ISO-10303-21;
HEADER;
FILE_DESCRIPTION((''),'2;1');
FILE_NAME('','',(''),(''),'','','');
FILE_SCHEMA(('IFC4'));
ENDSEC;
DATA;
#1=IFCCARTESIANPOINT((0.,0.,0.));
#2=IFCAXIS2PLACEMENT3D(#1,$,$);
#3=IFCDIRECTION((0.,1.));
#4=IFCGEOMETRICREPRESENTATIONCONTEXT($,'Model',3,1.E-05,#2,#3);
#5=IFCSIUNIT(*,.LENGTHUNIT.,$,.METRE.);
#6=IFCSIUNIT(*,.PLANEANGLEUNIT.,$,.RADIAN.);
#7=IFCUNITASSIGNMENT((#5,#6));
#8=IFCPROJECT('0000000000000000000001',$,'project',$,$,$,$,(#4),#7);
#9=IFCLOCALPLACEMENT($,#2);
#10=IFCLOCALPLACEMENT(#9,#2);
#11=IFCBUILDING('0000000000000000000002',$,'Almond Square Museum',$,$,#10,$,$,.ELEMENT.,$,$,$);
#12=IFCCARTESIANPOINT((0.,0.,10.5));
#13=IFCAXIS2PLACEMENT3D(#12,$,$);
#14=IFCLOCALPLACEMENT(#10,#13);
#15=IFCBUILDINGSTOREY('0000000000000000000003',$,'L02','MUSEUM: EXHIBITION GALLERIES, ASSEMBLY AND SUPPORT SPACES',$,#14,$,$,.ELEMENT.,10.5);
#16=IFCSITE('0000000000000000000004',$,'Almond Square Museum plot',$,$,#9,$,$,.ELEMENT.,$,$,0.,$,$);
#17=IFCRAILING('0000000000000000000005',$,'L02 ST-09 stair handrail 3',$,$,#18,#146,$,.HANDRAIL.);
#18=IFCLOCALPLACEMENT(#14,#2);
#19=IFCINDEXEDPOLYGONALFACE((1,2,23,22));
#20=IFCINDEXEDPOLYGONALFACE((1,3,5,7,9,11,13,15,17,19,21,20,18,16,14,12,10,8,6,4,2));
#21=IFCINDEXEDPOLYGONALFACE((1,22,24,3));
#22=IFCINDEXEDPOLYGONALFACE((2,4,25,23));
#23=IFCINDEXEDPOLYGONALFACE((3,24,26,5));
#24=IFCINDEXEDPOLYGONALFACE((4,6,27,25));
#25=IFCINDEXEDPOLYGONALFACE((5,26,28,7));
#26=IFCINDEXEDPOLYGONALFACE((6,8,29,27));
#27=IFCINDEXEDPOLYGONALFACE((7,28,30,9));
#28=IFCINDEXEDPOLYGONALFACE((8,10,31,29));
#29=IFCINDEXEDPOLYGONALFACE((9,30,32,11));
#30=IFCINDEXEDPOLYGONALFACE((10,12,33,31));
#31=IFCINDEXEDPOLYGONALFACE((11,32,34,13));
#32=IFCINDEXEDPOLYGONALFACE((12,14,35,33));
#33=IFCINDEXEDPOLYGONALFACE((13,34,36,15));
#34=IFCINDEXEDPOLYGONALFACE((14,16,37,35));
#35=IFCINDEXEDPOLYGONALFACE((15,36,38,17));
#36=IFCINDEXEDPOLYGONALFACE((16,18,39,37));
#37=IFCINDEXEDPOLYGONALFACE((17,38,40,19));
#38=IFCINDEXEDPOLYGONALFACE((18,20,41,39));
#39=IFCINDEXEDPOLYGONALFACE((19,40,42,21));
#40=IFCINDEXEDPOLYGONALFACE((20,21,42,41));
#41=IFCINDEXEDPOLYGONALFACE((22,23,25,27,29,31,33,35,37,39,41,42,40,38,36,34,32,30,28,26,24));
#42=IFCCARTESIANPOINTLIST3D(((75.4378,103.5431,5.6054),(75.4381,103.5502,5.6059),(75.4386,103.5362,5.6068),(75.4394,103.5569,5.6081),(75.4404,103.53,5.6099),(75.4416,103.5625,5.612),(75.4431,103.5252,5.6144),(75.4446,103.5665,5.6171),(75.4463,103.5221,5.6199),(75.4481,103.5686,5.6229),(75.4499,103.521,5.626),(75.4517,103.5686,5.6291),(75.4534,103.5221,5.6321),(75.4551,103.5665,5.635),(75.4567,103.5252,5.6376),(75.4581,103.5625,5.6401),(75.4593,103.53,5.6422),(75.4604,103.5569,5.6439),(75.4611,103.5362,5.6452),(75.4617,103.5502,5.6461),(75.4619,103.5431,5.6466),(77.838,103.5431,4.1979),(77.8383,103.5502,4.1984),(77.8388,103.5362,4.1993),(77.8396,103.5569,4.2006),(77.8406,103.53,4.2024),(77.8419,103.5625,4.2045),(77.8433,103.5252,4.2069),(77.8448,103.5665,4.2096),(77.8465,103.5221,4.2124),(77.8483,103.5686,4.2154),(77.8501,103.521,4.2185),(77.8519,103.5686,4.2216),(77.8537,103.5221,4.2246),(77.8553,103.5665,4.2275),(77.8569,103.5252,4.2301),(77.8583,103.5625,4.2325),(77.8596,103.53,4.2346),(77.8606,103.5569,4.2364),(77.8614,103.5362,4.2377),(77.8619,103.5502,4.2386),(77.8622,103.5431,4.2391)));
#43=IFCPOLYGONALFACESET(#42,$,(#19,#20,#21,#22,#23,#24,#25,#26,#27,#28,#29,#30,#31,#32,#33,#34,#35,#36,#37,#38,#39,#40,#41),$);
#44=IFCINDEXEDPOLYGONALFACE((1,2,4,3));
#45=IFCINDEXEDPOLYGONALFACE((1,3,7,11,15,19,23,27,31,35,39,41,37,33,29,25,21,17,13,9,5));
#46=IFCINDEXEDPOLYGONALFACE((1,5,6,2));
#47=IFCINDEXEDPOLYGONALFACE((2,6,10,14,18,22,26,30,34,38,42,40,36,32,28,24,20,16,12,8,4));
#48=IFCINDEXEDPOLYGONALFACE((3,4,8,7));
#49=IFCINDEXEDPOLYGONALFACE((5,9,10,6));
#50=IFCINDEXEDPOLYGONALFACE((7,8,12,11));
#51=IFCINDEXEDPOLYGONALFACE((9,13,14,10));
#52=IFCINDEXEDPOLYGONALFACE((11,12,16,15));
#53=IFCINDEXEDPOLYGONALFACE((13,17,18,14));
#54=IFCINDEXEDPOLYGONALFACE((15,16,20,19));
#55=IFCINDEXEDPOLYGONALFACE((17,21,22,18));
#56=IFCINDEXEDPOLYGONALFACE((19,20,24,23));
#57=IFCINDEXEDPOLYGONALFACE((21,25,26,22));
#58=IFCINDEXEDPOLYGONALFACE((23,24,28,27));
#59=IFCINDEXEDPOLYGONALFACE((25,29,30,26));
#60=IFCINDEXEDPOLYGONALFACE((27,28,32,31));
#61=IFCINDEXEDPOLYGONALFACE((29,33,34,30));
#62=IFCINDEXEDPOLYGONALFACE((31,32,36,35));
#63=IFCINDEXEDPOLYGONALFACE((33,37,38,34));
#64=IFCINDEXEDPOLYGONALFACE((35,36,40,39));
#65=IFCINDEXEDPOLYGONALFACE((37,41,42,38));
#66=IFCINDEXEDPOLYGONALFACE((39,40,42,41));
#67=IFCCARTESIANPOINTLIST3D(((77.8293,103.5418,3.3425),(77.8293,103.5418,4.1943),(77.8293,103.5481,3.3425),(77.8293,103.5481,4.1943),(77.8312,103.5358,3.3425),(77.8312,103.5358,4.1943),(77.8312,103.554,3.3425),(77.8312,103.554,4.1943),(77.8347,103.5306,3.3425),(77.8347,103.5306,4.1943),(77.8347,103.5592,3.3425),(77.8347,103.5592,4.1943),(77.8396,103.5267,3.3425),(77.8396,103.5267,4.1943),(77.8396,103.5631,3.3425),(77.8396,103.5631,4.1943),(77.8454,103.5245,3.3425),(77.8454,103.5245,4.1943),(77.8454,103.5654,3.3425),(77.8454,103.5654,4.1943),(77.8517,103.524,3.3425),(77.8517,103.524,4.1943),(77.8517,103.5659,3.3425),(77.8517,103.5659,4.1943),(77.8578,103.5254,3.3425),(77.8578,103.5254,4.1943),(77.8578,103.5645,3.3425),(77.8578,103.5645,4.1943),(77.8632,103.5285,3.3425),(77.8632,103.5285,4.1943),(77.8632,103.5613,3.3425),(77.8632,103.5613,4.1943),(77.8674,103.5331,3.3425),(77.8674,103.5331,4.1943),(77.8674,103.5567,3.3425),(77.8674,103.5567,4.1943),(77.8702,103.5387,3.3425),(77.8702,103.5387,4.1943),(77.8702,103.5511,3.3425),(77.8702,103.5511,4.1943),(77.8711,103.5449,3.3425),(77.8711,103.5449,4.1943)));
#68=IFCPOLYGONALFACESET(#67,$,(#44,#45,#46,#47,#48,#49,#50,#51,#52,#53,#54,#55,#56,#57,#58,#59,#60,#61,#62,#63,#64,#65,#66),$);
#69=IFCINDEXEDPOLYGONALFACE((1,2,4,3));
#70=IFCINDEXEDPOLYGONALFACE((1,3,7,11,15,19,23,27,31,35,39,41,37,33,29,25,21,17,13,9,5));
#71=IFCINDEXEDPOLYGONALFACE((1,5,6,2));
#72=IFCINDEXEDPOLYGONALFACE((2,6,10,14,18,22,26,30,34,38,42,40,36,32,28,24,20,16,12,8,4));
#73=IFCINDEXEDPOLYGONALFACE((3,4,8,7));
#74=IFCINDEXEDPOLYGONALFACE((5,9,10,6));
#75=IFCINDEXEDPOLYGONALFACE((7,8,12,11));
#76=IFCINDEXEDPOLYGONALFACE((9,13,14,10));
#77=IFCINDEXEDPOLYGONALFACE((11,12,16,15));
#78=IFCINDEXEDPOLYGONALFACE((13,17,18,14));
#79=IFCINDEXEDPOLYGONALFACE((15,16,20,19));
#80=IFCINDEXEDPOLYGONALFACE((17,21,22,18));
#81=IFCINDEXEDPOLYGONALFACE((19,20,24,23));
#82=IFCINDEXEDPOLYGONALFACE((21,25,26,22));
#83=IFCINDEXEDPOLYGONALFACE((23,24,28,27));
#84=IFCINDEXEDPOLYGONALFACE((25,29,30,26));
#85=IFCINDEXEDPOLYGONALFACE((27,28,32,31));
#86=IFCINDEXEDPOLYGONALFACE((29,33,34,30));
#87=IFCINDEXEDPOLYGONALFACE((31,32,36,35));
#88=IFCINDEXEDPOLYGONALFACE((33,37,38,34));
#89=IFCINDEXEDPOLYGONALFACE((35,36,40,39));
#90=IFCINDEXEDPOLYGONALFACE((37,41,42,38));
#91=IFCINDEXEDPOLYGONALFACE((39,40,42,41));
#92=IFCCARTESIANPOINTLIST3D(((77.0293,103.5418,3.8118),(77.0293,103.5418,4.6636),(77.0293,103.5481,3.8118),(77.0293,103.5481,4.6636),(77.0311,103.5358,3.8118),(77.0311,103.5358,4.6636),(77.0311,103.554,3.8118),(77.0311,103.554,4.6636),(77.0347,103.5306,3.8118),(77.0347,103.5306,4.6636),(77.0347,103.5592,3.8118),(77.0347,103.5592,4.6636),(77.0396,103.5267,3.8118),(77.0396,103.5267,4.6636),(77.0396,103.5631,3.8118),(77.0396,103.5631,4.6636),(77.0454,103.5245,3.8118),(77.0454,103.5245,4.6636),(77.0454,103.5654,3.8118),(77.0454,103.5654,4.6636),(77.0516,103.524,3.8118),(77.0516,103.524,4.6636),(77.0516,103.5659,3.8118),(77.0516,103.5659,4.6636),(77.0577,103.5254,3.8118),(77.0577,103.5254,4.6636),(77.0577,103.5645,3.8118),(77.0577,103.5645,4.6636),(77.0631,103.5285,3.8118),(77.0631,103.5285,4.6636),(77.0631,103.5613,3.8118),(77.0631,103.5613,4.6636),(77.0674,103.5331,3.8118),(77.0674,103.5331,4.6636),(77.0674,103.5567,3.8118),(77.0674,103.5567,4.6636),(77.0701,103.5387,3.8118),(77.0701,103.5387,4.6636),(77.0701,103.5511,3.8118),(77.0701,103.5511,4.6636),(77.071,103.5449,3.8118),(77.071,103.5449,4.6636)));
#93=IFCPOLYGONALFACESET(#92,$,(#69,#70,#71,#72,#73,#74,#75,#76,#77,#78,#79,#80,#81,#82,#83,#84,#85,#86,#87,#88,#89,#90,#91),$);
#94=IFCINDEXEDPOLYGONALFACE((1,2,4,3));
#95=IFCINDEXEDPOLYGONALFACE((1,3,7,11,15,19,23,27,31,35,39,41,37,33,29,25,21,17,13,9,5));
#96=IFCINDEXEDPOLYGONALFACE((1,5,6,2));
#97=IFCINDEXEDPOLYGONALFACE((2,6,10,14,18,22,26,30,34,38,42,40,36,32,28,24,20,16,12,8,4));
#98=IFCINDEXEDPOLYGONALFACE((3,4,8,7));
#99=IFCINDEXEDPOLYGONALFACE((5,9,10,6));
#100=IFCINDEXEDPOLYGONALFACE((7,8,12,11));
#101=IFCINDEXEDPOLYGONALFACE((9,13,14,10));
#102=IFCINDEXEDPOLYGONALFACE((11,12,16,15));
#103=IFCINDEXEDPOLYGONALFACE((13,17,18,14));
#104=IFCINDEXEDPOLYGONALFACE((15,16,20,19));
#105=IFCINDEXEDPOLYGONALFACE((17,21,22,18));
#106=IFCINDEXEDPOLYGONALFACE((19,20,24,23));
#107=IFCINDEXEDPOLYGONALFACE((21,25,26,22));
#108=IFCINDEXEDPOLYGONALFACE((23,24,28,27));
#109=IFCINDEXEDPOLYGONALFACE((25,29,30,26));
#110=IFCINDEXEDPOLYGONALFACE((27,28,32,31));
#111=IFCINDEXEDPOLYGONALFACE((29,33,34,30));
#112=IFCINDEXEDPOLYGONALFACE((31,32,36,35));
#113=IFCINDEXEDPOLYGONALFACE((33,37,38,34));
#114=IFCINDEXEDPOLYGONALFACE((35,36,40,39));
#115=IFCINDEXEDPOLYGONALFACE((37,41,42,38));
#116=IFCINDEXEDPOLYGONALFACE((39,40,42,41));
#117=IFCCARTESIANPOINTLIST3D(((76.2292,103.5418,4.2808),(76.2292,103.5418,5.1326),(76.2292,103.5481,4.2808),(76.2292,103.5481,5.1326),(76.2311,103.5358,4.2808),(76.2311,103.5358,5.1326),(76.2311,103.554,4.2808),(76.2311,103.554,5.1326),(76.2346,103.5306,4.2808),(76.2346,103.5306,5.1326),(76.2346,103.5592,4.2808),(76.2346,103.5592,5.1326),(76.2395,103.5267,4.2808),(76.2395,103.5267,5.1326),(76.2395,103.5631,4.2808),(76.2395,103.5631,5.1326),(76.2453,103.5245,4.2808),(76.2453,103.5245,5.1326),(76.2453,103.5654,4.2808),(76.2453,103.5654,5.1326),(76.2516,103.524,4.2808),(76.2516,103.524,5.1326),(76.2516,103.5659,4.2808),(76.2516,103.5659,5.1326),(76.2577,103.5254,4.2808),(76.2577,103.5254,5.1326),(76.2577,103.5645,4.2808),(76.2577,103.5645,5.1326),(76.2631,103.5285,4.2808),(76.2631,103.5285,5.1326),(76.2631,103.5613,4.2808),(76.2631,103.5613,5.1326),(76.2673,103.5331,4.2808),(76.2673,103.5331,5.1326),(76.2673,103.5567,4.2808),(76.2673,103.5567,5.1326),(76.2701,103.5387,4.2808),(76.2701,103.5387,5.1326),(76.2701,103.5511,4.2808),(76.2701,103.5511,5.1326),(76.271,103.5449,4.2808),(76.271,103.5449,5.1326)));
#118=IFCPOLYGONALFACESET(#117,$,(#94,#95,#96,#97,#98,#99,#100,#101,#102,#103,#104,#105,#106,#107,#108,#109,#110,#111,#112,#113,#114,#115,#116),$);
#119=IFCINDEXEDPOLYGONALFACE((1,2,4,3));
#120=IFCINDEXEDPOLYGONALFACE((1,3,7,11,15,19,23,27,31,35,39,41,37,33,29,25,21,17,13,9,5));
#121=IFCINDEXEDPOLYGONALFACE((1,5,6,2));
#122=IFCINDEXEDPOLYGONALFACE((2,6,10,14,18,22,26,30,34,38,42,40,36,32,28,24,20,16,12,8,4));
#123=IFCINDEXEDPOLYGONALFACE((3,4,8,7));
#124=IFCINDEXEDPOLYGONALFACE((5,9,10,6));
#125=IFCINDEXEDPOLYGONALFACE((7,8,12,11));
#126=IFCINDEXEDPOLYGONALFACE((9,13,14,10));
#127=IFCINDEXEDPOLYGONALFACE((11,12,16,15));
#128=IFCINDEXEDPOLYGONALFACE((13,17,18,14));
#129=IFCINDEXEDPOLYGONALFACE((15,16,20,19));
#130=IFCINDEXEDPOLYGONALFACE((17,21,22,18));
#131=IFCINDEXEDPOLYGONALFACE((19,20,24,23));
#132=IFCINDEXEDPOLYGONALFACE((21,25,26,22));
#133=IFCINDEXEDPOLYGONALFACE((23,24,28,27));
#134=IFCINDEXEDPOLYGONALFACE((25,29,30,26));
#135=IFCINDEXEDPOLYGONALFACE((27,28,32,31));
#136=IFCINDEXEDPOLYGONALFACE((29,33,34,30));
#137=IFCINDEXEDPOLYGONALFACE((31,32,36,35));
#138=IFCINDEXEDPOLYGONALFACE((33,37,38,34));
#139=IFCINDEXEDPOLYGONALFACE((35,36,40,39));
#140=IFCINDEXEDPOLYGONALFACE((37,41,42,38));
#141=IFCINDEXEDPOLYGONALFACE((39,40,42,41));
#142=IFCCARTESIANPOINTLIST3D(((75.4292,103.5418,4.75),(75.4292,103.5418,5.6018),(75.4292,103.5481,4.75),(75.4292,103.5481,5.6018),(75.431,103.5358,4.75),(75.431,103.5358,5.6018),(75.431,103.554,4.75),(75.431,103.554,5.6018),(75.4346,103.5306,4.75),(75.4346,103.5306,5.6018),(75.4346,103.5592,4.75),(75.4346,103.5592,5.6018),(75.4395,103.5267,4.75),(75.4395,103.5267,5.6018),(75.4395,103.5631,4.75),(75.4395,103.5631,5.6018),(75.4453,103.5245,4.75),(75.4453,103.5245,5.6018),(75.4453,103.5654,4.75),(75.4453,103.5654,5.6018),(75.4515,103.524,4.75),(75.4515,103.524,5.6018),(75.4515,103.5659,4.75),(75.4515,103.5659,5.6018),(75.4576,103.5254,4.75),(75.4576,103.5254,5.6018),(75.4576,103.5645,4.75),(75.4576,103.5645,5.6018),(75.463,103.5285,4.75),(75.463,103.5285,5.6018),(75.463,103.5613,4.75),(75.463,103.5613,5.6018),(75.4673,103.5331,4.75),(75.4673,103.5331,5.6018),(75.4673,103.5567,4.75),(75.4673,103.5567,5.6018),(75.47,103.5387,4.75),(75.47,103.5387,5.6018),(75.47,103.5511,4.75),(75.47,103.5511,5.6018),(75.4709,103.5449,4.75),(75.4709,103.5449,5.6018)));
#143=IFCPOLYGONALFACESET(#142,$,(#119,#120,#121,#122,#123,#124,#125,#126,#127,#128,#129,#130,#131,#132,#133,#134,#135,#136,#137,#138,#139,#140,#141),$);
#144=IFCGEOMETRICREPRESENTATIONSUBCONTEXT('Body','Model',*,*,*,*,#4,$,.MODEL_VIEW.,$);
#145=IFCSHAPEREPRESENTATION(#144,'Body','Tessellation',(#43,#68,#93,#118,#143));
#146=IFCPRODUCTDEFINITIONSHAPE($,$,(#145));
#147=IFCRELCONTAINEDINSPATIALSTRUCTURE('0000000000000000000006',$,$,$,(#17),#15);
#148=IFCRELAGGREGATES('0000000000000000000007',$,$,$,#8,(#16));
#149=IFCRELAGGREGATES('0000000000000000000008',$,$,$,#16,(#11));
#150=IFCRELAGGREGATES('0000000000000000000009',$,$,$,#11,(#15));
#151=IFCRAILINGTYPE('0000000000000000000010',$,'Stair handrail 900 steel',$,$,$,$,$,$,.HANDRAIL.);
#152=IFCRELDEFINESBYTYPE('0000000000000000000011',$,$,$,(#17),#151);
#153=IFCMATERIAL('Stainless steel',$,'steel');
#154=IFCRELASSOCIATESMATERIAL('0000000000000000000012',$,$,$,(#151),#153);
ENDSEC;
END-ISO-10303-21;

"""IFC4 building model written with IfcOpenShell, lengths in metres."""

from ifc_helpers import new_model, si_unit, direction, frame, origin, origin_2d, place, context, subcontext, project, spatial, circle, extrude, material, type_object, element, save


model = new_model("IFC4")

# Units and contexts
model_context = context("Model", 3, precision=1e-05, world=origin(), true_north=direction((0.0, 1.0)))
body_context = subcontext(model_context, "Body", "Model", "MODEL_VIEW")
ifc_project = project(units=[si_unit("LENGTHUNIT", "METRE"), si_unit("PLANEANGLEUNIT", "RADIAN")], contexts=[model_context])

# Site, building, storey
site_placement = place(None, origin())
site = spatial("IfcSite", under=ifc_project, at=site_placement, Name="Almond Square Museum plot", CompositionType="ELEMENT", RefElevation=0.0)
building_placement = place(site_placement, origin())
building = spatial("IfcBuilding", under=site, at=building_placement, Name="Almond Square Museum", CompositionType="ELEMENT")
storey_placement = place(building_placement, frame((0.0, 0.0, 10.5)))
storey = spatial("IfcBuildingStorey", under=building, at=storey_placement, Name="L02", Description="MUSEUM: EXHIBITION GALLERIES, ASSEMBLY AND SUPPORT SPACES", CompositionType="ELEMENT", Elevation=10.5)

# Railing
ifc_material_1 = material(Name="Stainless steel", Category="steel")
railing_type_1 = type_object("IfcRailingType", Name="Stair handrail 900 steel", PredefinedType="HANDRAIL", material=ifc_material_1)
for number, where, name in (
    (1, (77.8501, 103.5449, 3.3425), "L02 ST-09 stair handrail 3"),
):
    element("IfcRailing", number, at=place(storey_placement, frame(where)), inside=storey, type_object=railing_type_1, Name=name, PredefinedType="HANDRAIL", context=body_context, shape_type="SweptSolid", body=[
        extrude(circle(Radius=0.0239, at=origin_2d()), frame((0.0, 0.0, 0.876), z_axis=(-0.862621, 0.0, 0.50585), x_axis=(0.0, -1.0, 0.0)), (0.0, 0.0, 1.0), 2.7825),
        extrude(circle(Radius=0.021, at=origin_2d()), origin(), (0.0, 0.0, 1.0), 0.8518),
        extrude(circle(Radius=0.021, at=origin_2d()), frame((-0.8, 0.0, 0.4692)), (0.0, 0.0, 1.0), 0.8518),
        extrude(circle(Radius=0.021, at=origin_2d()), frame((-1.6001, 0.0, 0.9382)), (0.0, 0.0, 1.0), 0.8518),
        extrude(circle(Radius=0.021, at=origin_2d()), frame((-2.4001, 0.0, 1.4075)), (0.0, 0.0, 1.0), 0.8518),
    ])

save(model, "model.ifc")
